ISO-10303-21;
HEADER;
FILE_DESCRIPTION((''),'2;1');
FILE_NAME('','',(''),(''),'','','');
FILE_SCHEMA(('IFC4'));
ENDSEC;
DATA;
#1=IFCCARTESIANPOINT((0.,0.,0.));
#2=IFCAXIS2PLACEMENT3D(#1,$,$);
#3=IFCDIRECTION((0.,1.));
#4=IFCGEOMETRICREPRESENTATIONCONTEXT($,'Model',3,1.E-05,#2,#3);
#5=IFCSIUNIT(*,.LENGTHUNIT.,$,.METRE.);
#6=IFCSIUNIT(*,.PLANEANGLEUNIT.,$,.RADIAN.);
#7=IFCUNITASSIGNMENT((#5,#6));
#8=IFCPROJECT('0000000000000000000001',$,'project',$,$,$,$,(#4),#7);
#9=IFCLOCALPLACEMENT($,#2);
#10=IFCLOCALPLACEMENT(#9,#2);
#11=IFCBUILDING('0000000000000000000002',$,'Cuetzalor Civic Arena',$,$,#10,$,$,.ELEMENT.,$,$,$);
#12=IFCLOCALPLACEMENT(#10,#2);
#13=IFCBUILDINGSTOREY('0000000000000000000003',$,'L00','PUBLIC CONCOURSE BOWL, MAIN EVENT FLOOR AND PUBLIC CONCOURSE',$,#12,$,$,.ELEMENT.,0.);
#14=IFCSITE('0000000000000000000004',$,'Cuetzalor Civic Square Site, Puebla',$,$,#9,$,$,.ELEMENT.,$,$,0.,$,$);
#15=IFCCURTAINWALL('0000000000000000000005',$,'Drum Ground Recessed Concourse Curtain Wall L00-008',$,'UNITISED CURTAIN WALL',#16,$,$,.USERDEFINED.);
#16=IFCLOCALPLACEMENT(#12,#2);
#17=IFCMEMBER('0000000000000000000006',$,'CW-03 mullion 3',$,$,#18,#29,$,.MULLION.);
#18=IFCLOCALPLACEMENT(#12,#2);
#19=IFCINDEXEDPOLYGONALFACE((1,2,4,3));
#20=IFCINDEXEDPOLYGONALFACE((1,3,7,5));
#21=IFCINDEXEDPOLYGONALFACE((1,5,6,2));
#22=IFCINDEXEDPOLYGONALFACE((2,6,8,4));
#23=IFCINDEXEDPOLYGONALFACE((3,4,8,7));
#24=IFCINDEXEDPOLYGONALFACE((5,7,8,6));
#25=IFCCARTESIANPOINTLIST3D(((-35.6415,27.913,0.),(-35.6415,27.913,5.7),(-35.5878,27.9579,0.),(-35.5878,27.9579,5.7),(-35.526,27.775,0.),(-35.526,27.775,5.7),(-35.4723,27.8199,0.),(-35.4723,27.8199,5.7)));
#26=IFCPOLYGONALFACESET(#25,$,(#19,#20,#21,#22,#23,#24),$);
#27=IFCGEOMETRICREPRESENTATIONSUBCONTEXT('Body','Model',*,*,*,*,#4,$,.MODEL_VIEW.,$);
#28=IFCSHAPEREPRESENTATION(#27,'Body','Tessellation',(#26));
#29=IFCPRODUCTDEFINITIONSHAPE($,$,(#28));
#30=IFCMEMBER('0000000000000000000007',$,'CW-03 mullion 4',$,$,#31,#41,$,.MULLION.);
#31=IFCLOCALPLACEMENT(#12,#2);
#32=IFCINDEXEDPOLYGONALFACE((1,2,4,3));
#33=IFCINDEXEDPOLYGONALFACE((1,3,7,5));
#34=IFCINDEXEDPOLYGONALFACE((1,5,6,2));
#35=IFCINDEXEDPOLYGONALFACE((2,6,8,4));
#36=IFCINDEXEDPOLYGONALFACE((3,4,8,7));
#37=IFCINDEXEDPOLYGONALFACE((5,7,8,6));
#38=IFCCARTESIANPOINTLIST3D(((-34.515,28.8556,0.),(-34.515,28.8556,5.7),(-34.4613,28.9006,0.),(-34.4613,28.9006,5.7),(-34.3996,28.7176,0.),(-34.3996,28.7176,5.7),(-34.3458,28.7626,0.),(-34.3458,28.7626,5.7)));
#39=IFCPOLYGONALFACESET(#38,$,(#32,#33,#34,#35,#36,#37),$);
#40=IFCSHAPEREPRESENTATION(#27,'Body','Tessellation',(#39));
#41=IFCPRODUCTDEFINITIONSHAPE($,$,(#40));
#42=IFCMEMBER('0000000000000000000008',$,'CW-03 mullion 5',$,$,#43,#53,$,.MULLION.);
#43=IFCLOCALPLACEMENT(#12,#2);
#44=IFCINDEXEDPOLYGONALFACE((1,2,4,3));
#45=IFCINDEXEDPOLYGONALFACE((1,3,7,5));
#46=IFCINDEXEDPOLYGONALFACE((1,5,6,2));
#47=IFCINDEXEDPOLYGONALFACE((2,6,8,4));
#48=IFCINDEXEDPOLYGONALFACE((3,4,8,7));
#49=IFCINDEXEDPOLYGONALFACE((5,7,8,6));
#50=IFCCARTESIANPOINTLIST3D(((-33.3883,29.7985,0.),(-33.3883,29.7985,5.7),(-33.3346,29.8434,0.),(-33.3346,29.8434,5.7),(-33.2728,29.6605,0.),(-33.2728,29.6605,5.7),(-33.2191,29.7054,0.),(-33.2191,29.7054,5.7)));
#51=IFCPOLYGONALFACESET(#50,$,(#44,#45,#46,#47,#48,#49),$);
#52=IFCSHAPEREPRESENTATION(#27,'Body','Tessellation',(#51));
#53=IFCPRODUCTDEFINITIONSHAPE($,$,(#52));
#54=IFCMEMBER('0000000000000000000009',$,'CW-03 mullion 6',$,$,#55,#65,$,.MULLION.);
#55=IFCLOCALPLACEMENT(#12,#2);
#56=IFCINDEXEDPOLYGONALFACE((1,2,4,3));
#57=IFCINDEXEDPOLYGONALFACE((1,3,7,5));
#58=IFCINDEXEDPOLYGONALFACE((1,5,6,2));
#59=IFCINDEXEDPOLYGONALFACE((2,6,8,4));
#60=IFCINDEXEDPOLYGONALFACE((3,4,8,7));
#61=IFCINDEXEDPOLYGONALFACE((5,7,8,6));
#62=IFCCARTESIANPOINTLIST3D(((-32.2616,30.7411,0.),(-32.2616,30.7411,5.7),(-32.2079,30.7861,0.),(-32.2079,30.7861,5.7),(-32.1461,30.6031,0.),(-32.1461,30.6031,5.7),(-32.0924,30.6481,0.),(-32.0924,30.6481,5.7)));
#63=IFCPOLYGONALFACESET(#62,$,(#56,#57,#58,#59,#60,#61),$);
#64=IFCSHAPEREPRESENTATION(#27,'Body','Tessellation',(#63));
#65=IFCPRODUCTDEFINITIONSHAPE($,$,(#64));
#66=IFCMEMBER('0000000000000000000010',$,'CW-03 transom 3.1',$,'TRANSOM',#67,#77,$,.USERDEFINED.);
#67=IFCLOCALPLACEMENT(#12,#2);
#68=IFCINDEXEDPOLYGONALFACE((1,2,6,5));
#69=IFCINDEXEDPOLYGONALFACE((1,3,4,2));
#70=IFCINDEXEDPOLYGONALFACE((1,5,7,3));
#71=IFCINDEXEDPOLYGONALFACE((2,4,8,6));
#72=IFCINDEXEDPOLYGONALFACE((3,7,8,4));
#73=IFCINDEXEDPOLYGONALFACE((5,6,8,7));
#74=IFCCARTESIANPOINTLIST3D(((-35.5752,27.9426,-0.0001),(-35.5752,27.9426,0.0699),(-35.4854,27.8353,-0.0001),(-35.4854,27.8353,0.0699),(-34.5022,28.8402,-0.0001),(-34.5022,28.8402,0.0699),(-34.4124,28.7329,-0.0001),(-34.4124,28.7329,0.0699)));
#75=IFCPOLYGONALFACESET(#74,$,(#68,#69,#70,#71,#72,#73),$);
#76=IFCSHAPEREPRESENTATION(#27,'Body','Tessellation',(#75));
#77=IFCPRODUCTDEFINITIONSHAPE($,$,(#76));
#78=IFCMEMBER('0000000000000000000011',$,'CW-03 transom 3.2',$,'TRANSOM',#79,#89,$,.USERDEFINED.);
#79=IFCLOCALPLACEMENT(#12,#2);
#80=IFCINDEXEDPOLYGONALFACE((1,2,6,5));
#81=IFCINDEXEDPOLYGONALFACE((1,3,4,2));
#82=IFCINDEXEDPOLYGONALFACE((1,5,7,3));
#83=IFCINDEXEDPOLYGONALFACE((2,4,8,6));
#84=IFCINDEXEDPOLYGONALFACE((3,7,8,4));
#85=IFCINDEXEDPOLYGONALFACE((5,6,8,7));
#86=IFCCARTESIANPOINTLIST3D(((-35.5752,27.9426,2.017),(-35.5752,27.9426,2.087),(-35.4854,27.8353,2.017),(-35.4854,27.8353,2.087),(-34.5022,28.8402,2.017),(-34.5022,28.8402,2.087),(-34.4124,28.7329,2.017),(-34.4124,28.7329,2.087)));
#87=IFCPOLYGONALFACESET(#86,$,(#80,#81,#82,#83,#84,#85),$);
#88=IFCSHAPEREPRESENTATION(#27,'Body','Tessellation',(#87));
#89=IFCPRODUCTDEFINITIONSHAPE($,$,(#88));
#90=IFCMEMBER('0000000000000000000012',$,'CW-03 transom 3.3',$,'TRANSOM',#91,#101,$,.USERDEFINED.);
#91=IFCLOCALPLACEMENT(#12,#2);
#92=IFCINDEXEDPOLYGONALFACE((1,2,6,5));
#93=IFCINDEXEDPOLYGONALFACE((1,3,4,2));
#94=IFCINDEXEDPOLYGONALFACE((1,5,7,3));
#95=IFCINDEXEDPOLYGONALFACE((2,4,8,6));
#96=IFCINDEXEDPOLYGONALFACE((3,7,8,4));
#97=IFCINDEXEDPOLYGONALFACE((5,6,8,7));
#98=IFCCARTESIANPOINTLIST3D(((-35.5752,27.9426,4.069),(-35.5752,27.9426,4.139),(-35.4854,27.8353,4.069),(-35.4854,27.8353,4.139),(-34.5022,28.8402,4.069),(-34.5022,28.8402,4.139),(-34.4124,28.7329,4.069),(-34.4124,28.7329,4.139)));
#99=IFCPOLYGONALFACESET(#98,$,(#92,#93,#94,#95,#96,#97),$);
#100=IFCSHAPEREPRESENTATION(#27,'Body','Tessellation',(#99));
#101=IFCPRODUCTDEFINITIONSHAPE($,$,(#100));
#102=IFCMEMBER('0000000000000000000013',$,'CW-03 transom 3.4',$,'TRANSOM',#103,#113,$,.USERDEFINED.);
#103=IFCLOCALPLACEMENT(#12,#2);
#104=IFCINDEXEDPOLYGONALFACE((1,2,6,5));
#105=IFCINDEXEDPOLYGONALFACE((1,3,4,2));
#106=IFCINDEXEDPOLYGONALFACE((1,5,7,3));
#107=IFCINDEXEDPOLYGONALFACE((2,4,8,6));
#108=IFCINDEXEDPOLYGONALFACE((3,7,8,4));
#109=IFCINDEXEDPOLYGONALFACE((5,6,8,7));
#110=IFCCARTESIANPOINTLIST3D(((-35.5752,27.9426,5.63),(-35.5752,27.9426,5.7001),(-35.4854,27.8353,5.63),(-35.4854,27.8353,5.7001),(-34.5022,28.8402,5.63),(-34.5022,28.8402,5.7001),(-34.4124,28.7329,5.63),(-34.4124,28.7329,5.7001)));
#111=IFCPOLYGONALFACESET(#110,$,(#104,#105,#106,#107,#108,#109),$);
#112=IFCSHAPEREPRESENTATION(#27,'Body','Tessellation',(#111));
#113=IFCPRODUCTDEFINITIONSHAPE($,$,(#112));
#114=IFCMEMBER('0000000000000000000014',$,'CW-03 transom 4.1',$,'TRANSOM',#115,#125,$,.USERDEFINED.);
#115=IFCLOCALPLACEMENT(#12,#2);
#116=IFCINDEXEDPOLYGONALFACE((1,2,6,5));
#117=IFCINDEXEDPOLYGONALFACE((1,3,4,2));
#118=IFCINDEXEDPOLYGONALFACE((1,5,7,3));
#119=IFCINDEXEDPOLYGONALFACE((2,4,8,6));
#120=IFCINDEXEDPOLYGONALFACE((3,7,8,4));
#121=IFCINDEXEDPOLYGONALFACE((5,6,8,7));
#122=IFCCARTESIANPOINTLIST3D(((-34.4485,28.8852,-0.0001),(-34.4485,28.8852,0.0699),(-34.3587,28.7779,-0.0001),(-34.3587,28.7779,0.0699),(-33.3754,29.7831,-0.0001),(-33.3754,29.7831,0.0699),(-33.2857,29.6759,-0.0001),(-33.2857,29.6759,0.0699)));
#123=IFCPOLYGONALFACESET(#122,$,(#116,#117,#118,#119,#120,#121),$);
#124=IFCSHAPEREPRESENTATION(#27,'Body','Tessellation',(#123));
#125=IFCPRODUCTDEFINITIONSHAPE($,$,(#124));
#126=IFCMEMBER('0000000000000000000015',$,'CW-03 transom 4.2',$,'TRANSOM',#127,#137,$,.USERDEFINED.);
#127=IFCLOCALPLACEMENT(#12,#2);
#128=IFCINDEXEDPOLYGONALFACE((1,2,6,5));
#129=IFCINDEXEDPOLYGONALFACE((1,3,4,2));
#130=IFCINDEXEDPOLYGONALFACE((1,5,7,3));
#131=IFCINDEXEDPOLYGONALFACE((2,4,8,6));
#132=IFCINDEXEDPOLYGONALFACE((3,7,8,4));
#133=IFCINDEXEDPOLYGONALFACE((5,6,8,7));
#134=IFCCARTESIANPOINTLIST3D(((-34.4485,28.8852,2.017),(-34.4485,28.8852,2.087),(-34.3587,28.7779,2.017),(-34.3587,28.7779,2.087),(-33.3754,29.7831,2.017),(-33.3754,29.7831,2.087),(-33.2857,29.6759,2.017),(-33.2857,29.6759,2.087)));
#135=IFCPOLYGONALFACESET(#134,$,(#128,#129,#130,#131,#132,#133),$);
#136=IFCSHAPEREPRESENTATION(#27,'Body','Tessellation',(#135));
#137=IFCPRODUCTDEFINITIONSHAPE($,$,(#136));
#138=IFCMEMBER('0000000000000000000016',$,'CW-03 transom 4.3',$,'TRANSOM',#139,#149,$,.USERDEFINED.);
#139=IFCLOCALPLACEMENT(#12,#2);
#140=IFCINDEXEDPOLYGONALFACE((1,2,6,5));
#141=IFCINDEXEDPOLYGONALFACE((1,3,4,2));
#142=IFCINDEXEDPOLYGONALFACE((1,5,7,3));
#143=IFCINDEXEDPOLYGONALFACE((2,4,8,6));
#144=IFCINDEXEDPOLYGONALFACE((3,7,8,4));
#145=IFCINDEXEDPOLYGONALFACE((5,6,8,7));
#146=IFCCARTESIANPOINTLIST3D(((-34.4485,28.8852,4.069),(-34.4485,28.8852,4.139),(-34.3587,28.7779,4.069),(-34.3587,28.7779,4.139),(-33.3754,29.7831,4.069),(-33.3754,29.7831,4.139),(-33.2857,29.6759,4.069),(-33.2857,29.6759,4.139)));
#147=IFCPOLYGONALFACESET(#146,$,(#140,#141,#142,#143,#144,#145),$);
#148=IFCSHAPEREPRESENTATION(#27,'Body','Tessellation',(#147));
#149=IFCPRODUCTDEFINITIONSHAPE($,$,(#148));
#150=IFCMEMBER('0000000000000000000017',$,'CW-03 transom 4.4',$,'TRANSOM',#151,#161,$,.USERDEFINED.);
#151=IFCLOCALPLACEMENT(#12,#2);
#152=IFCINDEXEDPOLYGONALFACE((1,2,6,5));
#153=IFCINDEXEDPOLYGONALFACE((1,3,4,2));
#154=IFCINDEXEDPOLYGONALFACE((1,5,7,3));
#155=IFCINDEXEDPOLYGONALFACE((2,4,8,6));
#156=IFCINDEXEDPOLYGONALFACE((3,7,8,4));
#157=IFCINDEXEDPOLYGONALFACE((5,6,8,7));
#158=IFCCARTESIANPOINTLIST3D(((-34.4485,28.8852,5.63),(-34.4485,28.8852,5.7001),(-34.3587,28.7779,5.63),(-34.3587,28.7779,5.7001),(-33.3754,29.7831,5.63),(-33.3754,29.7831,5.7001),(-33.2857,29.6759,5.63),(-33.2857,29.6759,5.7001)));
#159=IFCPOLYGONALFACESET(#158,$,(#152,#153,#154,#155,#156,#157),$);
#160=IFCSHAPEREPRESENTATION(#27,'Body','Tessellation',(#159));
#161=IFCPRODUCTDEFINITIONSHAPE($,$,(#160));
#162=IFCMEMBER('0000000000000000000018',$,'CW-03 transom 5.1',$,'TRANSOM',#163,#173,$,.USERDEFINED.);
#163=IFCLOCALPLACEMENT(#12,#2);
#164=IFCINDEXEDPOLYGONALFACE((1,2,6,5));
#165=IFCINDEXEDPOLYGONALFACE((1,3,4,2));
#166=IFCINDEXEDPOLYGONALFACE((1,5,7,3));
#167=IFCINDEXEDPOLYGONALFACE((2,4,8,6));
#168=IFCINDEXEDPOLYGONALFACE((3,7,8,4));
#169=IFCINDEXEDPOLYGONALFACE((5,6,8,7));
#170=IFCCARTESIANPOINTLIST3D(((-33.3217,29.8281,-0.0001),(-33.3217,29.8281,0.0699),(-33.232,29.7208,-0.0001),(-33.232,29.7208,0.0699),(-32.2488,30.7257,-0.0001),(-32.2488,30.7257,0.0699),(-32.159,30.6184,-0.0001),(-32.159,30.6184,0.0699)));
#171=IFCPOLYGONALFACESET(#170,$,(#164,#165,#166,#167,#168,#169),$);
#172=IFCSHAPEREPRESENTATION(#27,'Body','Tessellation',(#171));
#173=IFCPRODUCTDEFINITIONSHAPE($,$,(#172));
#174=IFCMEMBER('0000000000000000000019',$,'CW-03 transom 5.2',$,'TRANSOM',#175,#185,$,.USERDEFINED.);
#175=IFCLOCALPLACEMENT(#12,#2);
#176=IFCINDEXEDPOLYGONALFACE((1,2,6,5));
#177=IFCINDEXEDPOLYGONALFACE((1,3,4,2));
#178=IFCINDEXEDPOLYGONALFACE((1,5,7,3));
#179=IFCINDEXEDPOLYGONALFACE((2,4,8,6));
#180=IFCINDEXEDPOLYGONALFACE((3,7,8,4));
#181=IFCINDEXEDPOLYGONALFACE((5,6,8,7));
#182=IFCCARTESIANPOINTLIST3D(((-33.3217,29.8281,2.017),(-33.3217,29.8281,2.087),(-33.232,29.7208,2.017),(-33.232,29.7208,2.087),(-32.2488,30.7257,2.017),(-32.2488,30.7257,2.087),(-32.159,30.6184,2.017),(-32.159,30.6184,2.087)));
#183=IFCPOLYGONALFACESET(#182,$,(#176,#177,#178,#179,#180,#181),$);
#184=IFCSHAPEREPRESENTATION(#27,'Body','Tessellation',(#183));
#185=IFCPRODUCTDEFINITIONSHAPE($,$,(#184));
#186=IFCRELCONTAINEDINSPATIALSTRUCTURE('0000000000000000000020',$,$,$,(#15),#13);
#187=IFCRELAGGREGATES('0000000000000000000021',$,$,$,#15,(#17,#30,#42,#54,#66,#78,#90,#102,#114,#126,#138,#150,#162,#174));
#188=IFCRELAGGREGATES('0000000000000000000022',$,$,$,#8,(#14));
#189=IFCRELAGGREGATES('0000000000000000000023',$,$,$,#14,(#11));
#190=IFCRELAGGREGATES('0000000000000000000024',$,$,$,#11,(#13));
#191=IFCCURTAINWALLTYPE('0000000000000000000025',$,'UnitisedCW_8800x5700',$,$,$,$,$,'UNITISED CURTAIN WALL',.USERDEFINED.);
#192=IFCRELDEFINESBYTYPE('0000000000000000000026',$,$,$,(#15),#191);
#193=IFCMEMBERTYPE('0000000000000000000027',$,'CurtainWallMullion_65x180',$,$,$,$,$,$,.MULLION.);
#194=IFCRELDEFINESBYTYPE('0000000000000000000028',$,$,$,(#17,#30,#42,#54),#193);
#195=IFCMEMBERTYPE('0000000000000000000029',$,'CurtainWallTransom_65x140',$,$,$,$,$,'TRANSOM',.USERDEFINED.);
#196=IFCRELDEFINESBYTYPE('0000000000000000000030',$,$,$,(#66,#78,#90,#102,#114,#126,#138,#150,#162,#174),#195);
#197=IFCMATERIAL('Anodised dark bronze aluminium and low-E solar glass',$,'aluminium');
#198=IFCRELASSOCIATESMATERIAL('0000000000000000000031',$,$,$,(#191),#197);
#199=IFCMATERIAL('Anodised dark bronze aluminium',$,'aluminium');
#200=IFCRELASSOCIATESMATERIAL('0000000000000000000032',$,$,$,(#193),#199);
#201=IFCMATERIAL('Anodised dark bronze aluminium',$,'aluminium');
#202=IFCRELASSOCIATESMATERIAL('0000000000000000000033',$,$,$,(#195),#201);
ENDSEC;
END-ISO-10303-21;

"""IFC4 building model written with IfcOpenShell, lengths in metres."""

from ifc_helpers import new_model, si_unit, direction, frame, origin, origin_2d, place, context, subcontext, project, spatial, rectangle, extrude, material, material_profile, profile_set, type_object, element, aggregate, save


model = new_model("IFC4")

# Units and contexts
model_context = context("Model", 3, precision=1e-05, world=origin(), true_north=direction((0.0, 1.0)))
body_context = subcontext(model_context, "Body", "Model", "MODEL_VIEW")
ifc_project = project(units=[si_unit("LENGTHUNIT", "METRE"), si_unit("PLANEANGLEUNIT", "RADIAN")], contexts=[model_context])

# Site, building, storey
site_placement = place(None, origin())
site = spatial("IfcSite", under=ifc_project, at=site_placement, Name="Cuetzalor Civic Square Site, Puebla", CompositionType="ELEMENT", RefElevation=0.0)
building_placement = place(site_placement, origin())
building = spatial("IfcBuilding", under=site, at=building_placement, Name="Cuetzalor Civic Arena", CompositionType="ELEMENT")
storey_placement = place(building_placement, origin())
storey = spatial("IfcBuildingStorey", under=building, at=storey_placement, Name="L00", Description="PUBLIC CONCOURSE BOWL, MAIN EVENT FLOOR AND PUBLIC CONCOURSE", CompositionType="ELEMENT", Elevation=0.0)

# Curtain wall, members
ifc_material_1 = material(Name="Anodised dark bronze aluminium and low-E solar glass", Category="aluminium")
curtain_wall_type = type_object("IfcCurtainWallType", Name="UnitisedCW_8800x5700", ElementType="UNITISED CURTAIN WALL", PredefinedType="USERDEFINED", material=ifc_material_1)
curtain_wall_placement = place(storey_placement, origin())
curtain_wall = element("IfcCurtainWall", 1, at=curtain_wall_placement, inside=storey, type_object=curtain_wall_type, Name="Drum Ground Recessed Concourse Curtain Wall L00-008", ObjectType="UNITISED CURTAIN WALL", PredefinedType="USERDEFINED")
ifc_material_2 = material(Name="Anodised dark bronze aluminium", Category="aluminium")
ifc_material_profile_1 = material_profile(ifc_material_2, rectangle(XDim=0.0701, YDim=0.1799, at=origin_2d()), Name="ALU MULLION 70x180")
ifc_profile_set_1 = profile_set([ifc_material_profile_1], Name="Anodised dark bronze aluminium")
member_type_1 = type_object("IfcMemberType", Name="CurtainWallMullion_65x180", PredefinedType="MULLION", material=ifc_profile_set_1)
member_1_placement = place(storey_placement, frame((-35.5569, 27.8665, 0.0), z_axis=(0.0, 0.0, 1.0), x_axis=(0.766928, 0.641733, 0.0)))
member_1 = element("IfcMember", 2, at=member_1_placement, type_object=member_type_1, Name="CW-03 mullion 3", PredefinedType="MULLION", context=body_context, shape_type="SweptSolid", body=[
    extrude(rectangle(XDim=0.0701, YDim=0.1799, at=origin_2d()), origin(), (0.0, 0.0, 1.0), 5.7),
])
member_2_placement = place(storey_placement, frame((-34.4304, 28.8091, 0.0), z_axis=(0.0, 0.0, 1.0), x_axis=(0.766928, 0.641733, 0.0)))
member_2 = element("IfcMember", 3, at=member_2_placement, type_object=member_type_1, Name="CW-03 mullion 4", PredefinedType="MULLION", context=body_context, shape_type="SweptSolid", body=[
    extrude(rectangle(XDim=0.0701, YDim=0.1799, at=origin_2d()), origin(), (0.0, 0.0, 1.0), 5.7),
])
member_3_placement = place(storey_placement, frame((-33.3037, 29.752, 0.0), z_axis=(0.0, 0.0, 1.0), x_axis=(0.766928, 0.641733, 0.0)))
member_3 = element("IfcMember", 4, at=member_3_placement, type_object=member_type_1, Name="CW-03 mullion 5", PredefinedType="MULLION", context=body_context, shape_type="SweptSolid", body=[
    extrude(rectangle(XDim=0.0701, YDim=0.1799, at=origin_2d()), origin(), (0.0, 0.0, 1.0), 5.7),
])
member_4_placement = place(storey_placement, frame((-32.177, 30.6946, 0.0), z_axis=(0.0, 0.0, 1.0), x_axis=(0.766928, 0.641733, 0.0)))
member_4 = element("IfcMember", 5, at=member_4_placement, type_object=member_type_1, Name="CW-03 mullion 6", PredefinedType="MULLION", context=body_context, shape_type="SweptSolid", body=[
    extrude(rectangle(XDim=0.0701, YDim=0.1799, at=origin_2d()), origin(), (0.0, 0.0, 1.0), 5.7),
])
ifc_material_3 = material(Name="Anodised dark bronze aluminium", Category="aluminium")
ifc_material_profile_2 = material_profile(ifc_material_3, rectangle(XDim=0.1399, YDim=0.0701, at=origin_2d()), Name="ALU TRANSOM 70x140")
ifc_profile_set_2 = profile_set([ifc_material_profile_2], Name="Anodised dark bronze aluminium")
member_type_2 = type_object("IfcMemberType", Name="CurtainWallTransom_65x140", ElementType="TRANSOM", PredefinedType="USERDEFINED", material=ifc_profile_set_2)
member_5_placement = place(storey_placement, frame((-35.5303, 27.8889, 0.0349), z_axis=(0.766975, 0.641677, 0.0), x_axis=(-0.641677, 0.766975, 0.0)))
member_5 = element("IfcMember", 6, at=member_5_placement, type_object=member_type_2, Name="CW-03 transom 3.1", ObjectType="TRANSOM", PredefinedType="USERDEFINED", context=body_context, shape_type="SweptSolid", body=[
    extrude(rectangle(XDim=0.1399, YDim=0.0701, at=origin_2d()), origin(), (0.0, 0.0, 1.0), 1.3989),
])
member_6_placement = place(storey_placement, frame((-35.5303, 27.8889, 2.052), z_axis=(0.766975, 0.641677, 0.0), x_axis=(-0.641677, 0.766975, 0.0)))
member_6 = element("IfcMember", 7, at=member_6_placement, type_object=member_type_2, Name="CW-03 transom 3.2", ObjectType="TRANSOM", PredefinedType="USERDEFINED", context=body_context, shape_type="SweptSolid", body=[
    extrude(rectangle(XDim=0.1399, YDim=0.0701, at=origin_2d()), origin(), (0.0, 0.0, 1.0), 1.3989),
])
member_7_placement = place(storey_placement, frame((-35.5303, 27.8889, 4.104), z_axis=(0.766975, 0.641677, 0.0), x_axis=(-0.641677, 0.766975, 0.0)))
member_7 = element("IfcMember", 8, at=member_7_placement, type_object=member_type_2, Name="CW-03 transom 3.3", ObjectType="TRANSOM", PredefinedType="USERDEFINED", context=body_context, shape_type="SweptSolid", body=[
    extrude(rectangle(XDim=0.1399, YDim=0.0701, at=origin_2d()), origin(), (0.0, 0.0, 1.0), 1.3989),
])
member_8_placement = place(storey_placement, frame((-35.5303, 27.8889, 5.665), z_axis=(0.766975, 0.641677, 0.0), x_axis=(-0.641677, 0.766975, 0.0)))
member_8 = element("IfcMember", 9, at=member_8_placement, type_object=member_type_2, Name="CW-03 transom 3.4", ObjectType="TRANSOM", PredefinedType="USERDEFINED", context=body_context, shape_type="SweptSolid", body=[
    extrude(rectangle(XDim=0.1399, YDim=0.0701, at=origin_2d()), origin(), (0.0, 0.0, 1.0), 1.3989),
])
member_9_placement = place(storey_placement, frame((-34.4036, 28.8315, 0.0349), z_axis=(0.766889, 0.641779, 0.0), x_axis=(-0.641779, 0.766889, 0.0)))
member_9 = element("IfcMember", 10, at=member_9_placement, type_object=member_type_2, Name="CW-03 transom 4.1", ObjectType="TRANSOM", PredefinedType="USERDEFINED", context=body_context, shape_type="SweptSolid", body=[
    extrude(rectangle(XDim=0.1399, YDim=0.0701, at=origin_2d()), origin(), (0.0, 0.0, 1.0), 1.3992),
])
member_10_placement = place(storey_placement, frame((-34.4036, 28.8315, 2.052), z_axis=(0.766889, 0.641779, 0.0), x_axis=(-0.641779, 0.766889, 0.0)))
member_10 = element("IfcMember", 11, at=member_10_placement, type_object=member_type_2, Name="CW-03 transom 4.2", ObjectType="TRANSOM", PredefinedType="USERDEFINED", context=body_context, shape_type="SweptSolid", body=[
    extrude(rectangle(XDim=0.1399, YDim=0.0701, at=origin_2d()), origin(), (0.0, 0.0, 1.0), 1.3992),
])
member_11_placement = place(storey_placement, frame((-34.4036, 28.8315, 4.104), z_axis=(0.766889, 0.641779, 0.0), x_axis=(-0.641779, 0.766889, 0.0)))
member_11 = element("IfcMember", 12, at=member_11_placement, type_object=member_type_2, Name="CW-03 transom 4.3", ObjectType="TRANSOM", PredefinedType="USERDEFINED", context=body_context, shape_type="SweptSolid", body=[
    extrude(rectangle(XDim=0.1399, YDim=0.0701, at=origin_2d()), origin(), (0.0, 0.0, 1.0), 1.3992),
])
member_12_placement = place(storey_placement, frame((-34.4036, 28.8315, 5.665), z_axis=(0.766889, 0.641779, 0.0), x_axis=(-0.641779, 0.766889, 0.0)))
member_12 = element("IfcMember", 13, at=member_12_placement, type_object=member_type_2, Name="CW-03 transom 4.4", ObjectType="TRANSOM", PredefinedType="USERDEFINED", context=body_context, shape_type="SweptSolid", body=[
    extrude(rectangle(XDim=0.1399, YDim=0.0701, at=origin_2d()), origin(), (0.0, 0.0, 1.0), 1.3992),
])
member_13_placement = place(storey_placement, frame((-33.2769, 29.7744, 0.0349), z_axis=(0.766975, 0.641677, 0.0), x_axis=(-0.641677, 0.766975, 0.0)))
member_13 = element("IfcMember", 14, at=member_13_placement, type_object=member_type_2, Name="CW-03 transom 5.1", ObjectType="TRANSOM", PredefinedType="USERDEFINED", context=body_context, shape_type="SweptSolid", body=[
    extrude(rectangle(XDim=0.1399, YDim=0.0701, at=origin_2d()), origin(), (0.0, 0.0, 1.0), 1.3989),
])
member_14_placement = place(storey_placement, frame((-33.2769, 29.7744, 2.052), z_axis=(0.766975, 0.641677, 0.0), x_axis=(-0.641677, 0.766975, 0.0)))
member_14 = element("IfcMember", 15, at=member_14_placement, type_object=member_type_2, Name="CW-03 transom 5.2", ObjectType="TRANSOM", PredefinedType="USERDEFINED", context=body_context, shape_type="SweptSolid", body=[
    extrude(rectangle(XDim=0.1399, YDim=0.0701, at=origin_2d()), origin(), (0.0, 0.0, 1.0), 1.3989),
])
aggregate(curtain_wall, [member_1, member_2, member_3, member_4, member_5, member_6, member_7, member_8, member_9, member_10, member_11, member_12, member_13, member_14])

save(model, "model.ifc")
